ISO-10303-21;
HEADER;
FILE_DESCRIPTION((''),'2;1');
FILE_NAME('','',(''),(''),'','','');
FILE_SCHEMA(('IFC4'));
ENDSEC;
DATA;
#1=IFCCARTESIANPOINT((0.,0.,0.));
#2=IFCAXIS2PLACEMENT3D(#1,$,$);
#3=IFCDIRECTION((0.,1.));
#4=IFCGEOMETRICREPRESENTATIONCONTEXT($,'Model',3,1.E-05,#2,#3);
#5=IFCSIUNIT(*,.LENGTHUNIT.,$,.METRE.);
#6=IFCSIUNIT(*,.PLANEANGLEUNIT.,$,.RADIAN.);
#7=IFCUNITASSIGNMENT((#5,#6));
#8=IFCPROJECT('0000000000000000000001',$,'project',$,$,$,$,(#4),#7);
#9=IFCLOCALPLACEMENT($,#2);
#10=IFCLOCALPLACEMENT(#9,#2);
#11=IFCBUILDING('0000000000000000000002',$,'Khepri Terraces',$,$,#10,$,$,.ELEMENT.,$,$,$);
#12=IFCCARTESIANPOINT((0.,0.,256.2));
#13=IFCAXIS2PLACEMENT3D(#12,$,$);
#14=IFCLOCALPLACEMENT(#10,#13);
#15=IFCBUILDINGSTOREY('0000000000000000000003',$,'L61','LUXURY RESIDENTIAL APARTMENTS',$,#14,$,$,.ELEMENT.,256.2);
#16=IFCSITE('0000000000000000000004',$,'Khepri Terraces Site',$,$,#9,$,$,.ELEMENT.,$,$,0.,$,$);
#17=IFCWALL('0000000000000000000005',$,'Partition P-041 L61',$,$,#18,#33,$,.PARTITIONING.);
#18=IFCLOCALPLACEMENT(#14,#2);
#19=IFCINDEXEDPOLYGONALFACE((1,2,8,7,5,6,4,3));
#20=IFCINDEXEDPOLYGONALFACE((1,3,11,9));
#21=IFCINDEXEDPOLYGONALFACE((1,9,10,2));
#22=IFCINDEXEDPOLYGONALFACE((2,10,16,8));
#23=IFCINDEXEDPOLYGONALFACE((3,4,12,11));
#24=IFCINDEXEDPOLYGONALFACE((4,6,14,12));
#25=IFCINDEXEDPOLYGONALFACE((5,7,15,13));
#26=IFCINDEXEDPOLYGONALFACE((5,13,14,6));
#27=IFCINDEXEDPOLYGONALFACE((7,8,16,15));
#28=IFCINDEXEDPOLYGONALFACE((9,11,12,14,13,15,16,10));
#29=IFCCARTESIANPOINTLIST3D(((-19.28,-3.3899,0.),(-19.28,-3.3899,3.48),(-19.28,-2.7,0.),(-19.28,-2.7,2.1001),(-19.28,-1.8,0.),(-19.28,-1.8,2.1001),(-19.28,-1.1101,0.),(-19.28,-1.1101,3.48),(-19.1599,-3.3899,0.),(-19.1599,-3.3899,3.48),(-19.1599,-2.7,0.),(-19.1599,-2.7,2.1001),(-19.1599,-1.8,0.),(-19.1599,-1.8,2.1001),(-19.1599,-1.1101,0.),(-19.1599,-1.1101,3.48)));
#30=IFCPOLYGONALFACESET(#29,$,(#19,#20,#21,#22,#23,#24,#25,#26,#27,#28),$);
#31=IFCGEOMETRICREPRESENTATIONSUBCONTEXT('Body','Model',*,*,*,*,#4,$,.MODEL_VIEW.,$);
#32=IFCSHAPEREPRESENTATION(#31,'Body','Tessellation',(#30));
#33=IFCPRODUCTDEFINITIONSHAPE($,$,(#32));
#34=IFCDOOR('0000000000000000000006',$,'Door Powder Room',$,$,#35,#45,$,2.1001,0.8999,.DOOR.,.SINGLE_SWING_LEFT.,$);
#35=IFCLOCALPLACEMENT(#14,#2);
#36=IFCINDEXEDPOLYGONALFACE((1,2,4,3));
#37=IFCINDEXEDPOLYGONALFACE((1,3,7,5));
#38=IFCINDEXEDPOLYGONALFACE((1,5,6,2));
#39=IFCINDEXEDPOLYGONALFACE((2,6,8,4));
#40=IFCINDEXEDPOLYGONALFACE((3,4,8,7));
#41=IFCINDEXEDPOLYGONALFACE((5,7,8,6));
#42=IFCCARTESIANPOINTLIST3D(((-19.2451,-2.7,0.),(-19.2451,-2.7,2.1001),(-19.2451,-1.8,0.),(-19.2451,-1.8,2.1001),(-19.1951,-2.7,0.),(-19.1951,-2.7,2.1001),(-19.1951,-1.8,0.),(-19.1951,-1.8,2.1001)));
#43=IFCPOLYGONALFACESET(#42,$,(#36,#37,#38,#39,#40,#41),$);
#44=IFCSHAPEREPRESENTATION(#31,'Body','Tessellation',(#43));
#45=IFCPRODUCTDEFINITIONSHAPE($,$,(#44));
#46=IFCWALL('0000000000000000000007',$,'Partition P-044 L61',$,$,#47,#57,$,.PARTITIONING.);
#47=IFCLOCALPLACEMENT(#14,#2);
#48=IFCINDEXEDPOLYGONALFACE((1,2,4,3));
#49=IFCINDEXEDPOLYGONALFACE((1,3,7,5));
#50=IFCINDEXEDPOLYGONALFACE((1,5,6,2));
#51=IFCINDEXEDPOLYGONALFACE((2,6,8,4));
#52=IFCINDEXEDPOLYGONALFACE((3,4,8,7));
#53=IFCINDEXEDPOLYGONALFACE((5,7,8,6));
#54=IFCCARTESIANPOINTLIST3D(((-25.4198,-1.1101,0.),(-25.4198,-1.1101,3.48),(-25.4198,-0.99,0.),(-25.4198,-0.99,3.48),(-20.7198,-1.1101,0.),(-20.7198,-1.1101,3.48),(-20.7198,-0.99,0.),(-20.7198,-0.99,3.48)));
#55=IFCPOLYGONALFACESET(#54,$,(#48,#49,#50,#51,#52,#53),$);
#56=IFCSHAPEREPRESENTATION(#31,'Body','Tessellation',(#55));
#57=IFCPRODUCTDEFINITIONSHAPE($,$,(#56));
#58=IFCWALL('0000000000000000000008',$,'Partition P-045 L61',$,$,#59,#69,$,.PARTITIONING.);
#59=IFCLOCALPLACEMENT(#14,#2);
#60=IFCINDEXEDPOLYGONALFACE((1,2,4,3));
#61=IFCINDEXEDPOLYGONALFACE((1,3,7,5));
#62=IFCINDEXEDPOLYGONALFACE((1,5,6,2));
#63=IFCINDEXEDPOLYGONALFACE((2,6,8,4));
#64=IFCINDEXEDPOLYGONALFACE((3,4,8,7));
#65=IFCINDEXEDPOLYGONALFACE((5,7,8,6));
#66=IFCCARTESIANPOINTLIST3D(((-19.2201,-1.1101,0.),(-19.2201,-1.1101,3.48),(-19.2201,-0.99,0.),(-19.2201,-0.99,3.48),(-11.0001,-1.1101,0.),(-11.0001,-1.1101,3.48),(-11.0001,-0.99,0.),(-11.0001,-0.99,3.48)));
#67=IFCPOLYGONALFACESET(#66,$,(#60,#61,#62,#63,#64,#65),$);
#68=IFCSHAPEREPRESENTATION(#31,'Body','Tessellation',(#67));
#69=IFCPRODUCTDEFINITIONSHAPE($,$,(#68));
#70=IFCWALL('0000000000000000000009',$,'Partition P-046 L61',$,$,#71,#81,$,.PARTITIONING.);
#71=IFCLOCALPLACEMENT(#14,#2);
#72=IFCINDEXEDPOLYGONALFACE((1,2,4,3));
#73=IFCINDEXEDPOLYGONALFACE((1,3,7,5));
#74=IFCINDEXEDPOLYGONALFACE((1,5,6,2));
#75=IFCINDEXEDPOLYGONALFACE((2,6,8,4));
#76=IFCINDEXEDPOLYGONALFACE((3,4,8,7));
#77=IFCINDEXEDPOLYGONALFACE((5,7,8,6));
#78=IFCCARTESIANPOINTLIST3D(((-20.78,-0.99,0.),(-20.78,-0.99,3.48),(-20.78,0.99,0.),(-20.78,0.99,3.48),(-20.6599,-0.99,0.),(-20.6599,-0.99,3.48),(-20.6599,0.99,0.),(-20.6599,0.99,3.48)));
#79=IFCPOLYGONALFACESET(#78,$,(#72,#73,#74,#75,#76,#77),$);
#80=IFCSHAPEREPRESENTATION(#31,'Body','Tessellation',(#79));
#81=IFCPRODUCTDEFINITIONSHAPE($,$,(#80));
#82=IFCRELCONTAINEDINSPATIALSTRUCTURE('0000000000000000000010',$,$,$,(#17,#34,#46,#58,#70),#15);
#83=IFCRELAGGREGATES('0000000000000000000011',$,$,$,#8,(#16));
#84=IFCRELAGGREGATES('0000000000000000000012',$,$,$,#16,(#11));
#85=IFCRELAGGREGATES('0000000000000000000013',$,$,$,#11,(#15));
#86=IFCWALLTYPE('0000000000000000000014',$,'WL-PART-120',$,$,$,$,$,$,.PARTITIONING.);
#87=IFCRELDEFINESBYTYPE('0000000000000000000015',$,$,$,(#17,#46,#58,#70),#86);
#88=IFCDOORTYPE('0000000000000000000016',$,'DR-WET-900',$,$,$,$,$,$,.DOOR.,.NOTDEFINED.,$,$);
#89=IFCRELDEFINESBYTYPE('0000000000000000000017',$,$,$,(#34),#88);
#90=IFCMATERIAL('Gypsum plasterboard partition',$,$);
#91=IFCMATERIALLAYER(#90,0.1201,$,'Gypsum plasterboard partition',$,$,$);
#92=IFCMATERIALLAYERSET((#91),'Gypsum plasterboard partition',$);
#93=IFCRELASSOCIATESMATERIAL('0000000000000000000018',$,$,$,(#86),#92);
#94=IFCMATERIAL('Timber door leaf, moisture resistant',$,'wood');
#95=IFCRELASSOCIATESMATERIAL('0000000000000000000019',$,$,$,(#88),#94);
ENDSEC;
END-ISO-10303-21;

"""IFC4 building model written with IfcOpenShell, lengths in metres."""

from ifc_helpers import new_model, si_unit, direction, frame, frame_2d, origin, place, context, subcontext, project, spatial, rectangle, extrude, material, layer, layer_set, type_object, element, fill, save


model = new_model("IFC4")

# Units and contexts
model_context = context("Model", 3, precision=1e-05, world=origin(), true_north=direction((0.0, 1.0)))
body_context = subcontext(model_context, "Body", "Model", "MODEL_VIEW")
ifc_project = project(units=[si_unit("LENGTHUNIT", "METRE"), si_unit("PLANEANGLEUNIT", "RADIAN")], contexts=[model_context])

# Site, building, storey
site_placement = place(None, origin())
site = spatial("IfcSite", under=ifc_project, at=site_placement, Name="Khepri Terraces Site", CompositionType="ELEMENT", RefElevation=0.0)
building_placement = place(site_placement, origin())
building = spatial("IfcBuilding", under=site, at=building_placement, Name="Khepri Terraces", CompositionType="ELEMENT")
storey_placement = place(building_placement, frame((0.0, 0.0, 256.2)))
storey = spatial("IfcBuildingStorey", under=building, at=storey_placement, Name="L61", Description="LUXURY RESIDENTIAL APARTMENTS", CompositionType="ELEMENT", Elevation=256.2)

# Shared definitions
ifc_material_1 = material(Name="Gypsum plasterboard partition")
ifc_layer_1 = layer(ifc_material_1, 0.1201, Name="Gypsum plasterboard partition")
ifc_layer_set_1 = layer_set([ifc_layer_1], Name="Gypsum plasterboard partition")
wall_type_1 = type_object("IfcWallType", Name="WL-PART-120", PredefinedType="PARTITIONING", material=ifc_layer_set_1)

# Shared definitions
ifc_material_2 = material(Name="Timber door leaf, moisture resistant", Category="wood")
door_type_1 = type_object("IfcDoorType", Name="DR-WET-900", OperationType="NOTDEFINED", PredefinedType="DOOR", material=ifc_material_2)

# Wall, opening, door
wall_1_placement = place(storey_placement, frame((-19.22, -3.3899, 0.0), z_axis=(0.0, 0.0, 1.0), x_axis=(0.0, 1.0, 0.0)))
wall_1 = element("IfcWall", 1, at=wall_1_placement, inside=storey, type_object=wall_type_1, Name="Partition P-041 L61", PredefinedType="PARTITIONING", context=body_context, shape_type="SweptSolid", body=[
    extrude(rectangle(XDim=2.2798, YDim=0.1201, at=frame_2d((1.1399, 0.0))), origin(), (0.0, 0.0, 1.0), 3.48),
])
opening_1_placement = place(wall_1_placement, frame((0.6899, 0.0, 0.0)))
opening_1 = element("IfcOpeningElement", 2, at=opening_1_placement, cuts=wall_1, PredefinedType="OPENING", context=body_context, shape_type="SweptSolid", body=[
    extrude(rectangle(XDim=0.8999, YDim=2.1001, at=frame_2d((0.45, 1.05))), frame((0.0, 0.0701, 0.0), z_axis=(0.0, -1.0, 0.0), x_axis=(1.0, 0.0, 0.0)), (0.0, 0.0, 1.0), 0.1401),
])
door_1_placement = place(opening_1_placement, frame((0.8999, 0.0, 0.0), z_axis=(0.0, 0.0, 1.0), x_axis=(-1.0, 0.0, 0.0)))
door_1 = element("IfcDoor", 3, at=door_1_placement, inside=storey, type_object=door_type_1, Name="Door Powder Room", OperationType="SINGLE_SWING_LEFT", OverallHeight=2.1001, OverallWidth=0.8999, PredefinedType="DOOR", context=body_context, shape_type="SweptSolid", body=[
    extrude(rectangle(XDim=0.8999, YDim=2.1001, at=frame_2d((0.45, 1.05))), frame((0.0, 0.0249, 0.0), z_axis=(0.0, -1.0, 0.0), x_axis=(1.0, 0.0, 0.0)), (0.0, 0.0, 1.0), 0.05),
])
fill(opening_1, door_1)

# Walls
wall_2_placement = place(storey_placement, frame((-25.4199, -1.05, 0.0), z_axis=(0.0, 0.0, 1.0), x_axis=(1.0, 0.0, 0.0)))
element("IfcWall", 4, at=wall_2_placement, inside=storey, type_object=wall_type_1, Name="Partition P-044 L61", PredefinedType="PARTITIONING", context=body_context, shape_type="SweptSolid", body=[
    extrude(rectangle(XDim=4.7, YDim=0.1201, at=frame_2d((2.3501, 0.0))), origin(), (0.0, 0.0, 1.0), 3.48),
])
wall_3_placement = place(storey_placement, frame((-19.22, -1.05, 0.0), z_axis=(0.0, 0.0, 1.0), x_axis=(1.0, 0.0, 0.0)))
element("IfcWall", 5, at=wall_3_placement, inside=storey, type_object=wall_type_1, Name="Partition P-045 L61", PredefinedType="PARTITIONING", context=body_context, shape_type="SweptSolid", body=[
    extrude(rectangle(XDim=8.22, YDim=0.1201, at=frame_2d((4.1099, 0.0))), origin(), (0.0, 0.0, 1.0), 3.48),
])
wall_4_placement = place(storey_placement, frame((-20.72, -0.99, 0.0), z_axis=(0.0, 0.0, 1.0), x_axis=(0.0, 1.0, 0.0)))
element("IfcWall", 6, at=wall_4_placement, inside=storey, type_object=wall_type_1, Name="Partition P-046 L61", PredefinedType="PARTITIONING", context=body_context, shape_type="SweptSolid", body=[
    extrude(rectangle(XDim=1.98, YDim=0.1201, at=frame_2d((0.99, 0.0))), origin(), (0.0, 0.0, 1.0), 3.48),
])

save(model, "model.ifc")
